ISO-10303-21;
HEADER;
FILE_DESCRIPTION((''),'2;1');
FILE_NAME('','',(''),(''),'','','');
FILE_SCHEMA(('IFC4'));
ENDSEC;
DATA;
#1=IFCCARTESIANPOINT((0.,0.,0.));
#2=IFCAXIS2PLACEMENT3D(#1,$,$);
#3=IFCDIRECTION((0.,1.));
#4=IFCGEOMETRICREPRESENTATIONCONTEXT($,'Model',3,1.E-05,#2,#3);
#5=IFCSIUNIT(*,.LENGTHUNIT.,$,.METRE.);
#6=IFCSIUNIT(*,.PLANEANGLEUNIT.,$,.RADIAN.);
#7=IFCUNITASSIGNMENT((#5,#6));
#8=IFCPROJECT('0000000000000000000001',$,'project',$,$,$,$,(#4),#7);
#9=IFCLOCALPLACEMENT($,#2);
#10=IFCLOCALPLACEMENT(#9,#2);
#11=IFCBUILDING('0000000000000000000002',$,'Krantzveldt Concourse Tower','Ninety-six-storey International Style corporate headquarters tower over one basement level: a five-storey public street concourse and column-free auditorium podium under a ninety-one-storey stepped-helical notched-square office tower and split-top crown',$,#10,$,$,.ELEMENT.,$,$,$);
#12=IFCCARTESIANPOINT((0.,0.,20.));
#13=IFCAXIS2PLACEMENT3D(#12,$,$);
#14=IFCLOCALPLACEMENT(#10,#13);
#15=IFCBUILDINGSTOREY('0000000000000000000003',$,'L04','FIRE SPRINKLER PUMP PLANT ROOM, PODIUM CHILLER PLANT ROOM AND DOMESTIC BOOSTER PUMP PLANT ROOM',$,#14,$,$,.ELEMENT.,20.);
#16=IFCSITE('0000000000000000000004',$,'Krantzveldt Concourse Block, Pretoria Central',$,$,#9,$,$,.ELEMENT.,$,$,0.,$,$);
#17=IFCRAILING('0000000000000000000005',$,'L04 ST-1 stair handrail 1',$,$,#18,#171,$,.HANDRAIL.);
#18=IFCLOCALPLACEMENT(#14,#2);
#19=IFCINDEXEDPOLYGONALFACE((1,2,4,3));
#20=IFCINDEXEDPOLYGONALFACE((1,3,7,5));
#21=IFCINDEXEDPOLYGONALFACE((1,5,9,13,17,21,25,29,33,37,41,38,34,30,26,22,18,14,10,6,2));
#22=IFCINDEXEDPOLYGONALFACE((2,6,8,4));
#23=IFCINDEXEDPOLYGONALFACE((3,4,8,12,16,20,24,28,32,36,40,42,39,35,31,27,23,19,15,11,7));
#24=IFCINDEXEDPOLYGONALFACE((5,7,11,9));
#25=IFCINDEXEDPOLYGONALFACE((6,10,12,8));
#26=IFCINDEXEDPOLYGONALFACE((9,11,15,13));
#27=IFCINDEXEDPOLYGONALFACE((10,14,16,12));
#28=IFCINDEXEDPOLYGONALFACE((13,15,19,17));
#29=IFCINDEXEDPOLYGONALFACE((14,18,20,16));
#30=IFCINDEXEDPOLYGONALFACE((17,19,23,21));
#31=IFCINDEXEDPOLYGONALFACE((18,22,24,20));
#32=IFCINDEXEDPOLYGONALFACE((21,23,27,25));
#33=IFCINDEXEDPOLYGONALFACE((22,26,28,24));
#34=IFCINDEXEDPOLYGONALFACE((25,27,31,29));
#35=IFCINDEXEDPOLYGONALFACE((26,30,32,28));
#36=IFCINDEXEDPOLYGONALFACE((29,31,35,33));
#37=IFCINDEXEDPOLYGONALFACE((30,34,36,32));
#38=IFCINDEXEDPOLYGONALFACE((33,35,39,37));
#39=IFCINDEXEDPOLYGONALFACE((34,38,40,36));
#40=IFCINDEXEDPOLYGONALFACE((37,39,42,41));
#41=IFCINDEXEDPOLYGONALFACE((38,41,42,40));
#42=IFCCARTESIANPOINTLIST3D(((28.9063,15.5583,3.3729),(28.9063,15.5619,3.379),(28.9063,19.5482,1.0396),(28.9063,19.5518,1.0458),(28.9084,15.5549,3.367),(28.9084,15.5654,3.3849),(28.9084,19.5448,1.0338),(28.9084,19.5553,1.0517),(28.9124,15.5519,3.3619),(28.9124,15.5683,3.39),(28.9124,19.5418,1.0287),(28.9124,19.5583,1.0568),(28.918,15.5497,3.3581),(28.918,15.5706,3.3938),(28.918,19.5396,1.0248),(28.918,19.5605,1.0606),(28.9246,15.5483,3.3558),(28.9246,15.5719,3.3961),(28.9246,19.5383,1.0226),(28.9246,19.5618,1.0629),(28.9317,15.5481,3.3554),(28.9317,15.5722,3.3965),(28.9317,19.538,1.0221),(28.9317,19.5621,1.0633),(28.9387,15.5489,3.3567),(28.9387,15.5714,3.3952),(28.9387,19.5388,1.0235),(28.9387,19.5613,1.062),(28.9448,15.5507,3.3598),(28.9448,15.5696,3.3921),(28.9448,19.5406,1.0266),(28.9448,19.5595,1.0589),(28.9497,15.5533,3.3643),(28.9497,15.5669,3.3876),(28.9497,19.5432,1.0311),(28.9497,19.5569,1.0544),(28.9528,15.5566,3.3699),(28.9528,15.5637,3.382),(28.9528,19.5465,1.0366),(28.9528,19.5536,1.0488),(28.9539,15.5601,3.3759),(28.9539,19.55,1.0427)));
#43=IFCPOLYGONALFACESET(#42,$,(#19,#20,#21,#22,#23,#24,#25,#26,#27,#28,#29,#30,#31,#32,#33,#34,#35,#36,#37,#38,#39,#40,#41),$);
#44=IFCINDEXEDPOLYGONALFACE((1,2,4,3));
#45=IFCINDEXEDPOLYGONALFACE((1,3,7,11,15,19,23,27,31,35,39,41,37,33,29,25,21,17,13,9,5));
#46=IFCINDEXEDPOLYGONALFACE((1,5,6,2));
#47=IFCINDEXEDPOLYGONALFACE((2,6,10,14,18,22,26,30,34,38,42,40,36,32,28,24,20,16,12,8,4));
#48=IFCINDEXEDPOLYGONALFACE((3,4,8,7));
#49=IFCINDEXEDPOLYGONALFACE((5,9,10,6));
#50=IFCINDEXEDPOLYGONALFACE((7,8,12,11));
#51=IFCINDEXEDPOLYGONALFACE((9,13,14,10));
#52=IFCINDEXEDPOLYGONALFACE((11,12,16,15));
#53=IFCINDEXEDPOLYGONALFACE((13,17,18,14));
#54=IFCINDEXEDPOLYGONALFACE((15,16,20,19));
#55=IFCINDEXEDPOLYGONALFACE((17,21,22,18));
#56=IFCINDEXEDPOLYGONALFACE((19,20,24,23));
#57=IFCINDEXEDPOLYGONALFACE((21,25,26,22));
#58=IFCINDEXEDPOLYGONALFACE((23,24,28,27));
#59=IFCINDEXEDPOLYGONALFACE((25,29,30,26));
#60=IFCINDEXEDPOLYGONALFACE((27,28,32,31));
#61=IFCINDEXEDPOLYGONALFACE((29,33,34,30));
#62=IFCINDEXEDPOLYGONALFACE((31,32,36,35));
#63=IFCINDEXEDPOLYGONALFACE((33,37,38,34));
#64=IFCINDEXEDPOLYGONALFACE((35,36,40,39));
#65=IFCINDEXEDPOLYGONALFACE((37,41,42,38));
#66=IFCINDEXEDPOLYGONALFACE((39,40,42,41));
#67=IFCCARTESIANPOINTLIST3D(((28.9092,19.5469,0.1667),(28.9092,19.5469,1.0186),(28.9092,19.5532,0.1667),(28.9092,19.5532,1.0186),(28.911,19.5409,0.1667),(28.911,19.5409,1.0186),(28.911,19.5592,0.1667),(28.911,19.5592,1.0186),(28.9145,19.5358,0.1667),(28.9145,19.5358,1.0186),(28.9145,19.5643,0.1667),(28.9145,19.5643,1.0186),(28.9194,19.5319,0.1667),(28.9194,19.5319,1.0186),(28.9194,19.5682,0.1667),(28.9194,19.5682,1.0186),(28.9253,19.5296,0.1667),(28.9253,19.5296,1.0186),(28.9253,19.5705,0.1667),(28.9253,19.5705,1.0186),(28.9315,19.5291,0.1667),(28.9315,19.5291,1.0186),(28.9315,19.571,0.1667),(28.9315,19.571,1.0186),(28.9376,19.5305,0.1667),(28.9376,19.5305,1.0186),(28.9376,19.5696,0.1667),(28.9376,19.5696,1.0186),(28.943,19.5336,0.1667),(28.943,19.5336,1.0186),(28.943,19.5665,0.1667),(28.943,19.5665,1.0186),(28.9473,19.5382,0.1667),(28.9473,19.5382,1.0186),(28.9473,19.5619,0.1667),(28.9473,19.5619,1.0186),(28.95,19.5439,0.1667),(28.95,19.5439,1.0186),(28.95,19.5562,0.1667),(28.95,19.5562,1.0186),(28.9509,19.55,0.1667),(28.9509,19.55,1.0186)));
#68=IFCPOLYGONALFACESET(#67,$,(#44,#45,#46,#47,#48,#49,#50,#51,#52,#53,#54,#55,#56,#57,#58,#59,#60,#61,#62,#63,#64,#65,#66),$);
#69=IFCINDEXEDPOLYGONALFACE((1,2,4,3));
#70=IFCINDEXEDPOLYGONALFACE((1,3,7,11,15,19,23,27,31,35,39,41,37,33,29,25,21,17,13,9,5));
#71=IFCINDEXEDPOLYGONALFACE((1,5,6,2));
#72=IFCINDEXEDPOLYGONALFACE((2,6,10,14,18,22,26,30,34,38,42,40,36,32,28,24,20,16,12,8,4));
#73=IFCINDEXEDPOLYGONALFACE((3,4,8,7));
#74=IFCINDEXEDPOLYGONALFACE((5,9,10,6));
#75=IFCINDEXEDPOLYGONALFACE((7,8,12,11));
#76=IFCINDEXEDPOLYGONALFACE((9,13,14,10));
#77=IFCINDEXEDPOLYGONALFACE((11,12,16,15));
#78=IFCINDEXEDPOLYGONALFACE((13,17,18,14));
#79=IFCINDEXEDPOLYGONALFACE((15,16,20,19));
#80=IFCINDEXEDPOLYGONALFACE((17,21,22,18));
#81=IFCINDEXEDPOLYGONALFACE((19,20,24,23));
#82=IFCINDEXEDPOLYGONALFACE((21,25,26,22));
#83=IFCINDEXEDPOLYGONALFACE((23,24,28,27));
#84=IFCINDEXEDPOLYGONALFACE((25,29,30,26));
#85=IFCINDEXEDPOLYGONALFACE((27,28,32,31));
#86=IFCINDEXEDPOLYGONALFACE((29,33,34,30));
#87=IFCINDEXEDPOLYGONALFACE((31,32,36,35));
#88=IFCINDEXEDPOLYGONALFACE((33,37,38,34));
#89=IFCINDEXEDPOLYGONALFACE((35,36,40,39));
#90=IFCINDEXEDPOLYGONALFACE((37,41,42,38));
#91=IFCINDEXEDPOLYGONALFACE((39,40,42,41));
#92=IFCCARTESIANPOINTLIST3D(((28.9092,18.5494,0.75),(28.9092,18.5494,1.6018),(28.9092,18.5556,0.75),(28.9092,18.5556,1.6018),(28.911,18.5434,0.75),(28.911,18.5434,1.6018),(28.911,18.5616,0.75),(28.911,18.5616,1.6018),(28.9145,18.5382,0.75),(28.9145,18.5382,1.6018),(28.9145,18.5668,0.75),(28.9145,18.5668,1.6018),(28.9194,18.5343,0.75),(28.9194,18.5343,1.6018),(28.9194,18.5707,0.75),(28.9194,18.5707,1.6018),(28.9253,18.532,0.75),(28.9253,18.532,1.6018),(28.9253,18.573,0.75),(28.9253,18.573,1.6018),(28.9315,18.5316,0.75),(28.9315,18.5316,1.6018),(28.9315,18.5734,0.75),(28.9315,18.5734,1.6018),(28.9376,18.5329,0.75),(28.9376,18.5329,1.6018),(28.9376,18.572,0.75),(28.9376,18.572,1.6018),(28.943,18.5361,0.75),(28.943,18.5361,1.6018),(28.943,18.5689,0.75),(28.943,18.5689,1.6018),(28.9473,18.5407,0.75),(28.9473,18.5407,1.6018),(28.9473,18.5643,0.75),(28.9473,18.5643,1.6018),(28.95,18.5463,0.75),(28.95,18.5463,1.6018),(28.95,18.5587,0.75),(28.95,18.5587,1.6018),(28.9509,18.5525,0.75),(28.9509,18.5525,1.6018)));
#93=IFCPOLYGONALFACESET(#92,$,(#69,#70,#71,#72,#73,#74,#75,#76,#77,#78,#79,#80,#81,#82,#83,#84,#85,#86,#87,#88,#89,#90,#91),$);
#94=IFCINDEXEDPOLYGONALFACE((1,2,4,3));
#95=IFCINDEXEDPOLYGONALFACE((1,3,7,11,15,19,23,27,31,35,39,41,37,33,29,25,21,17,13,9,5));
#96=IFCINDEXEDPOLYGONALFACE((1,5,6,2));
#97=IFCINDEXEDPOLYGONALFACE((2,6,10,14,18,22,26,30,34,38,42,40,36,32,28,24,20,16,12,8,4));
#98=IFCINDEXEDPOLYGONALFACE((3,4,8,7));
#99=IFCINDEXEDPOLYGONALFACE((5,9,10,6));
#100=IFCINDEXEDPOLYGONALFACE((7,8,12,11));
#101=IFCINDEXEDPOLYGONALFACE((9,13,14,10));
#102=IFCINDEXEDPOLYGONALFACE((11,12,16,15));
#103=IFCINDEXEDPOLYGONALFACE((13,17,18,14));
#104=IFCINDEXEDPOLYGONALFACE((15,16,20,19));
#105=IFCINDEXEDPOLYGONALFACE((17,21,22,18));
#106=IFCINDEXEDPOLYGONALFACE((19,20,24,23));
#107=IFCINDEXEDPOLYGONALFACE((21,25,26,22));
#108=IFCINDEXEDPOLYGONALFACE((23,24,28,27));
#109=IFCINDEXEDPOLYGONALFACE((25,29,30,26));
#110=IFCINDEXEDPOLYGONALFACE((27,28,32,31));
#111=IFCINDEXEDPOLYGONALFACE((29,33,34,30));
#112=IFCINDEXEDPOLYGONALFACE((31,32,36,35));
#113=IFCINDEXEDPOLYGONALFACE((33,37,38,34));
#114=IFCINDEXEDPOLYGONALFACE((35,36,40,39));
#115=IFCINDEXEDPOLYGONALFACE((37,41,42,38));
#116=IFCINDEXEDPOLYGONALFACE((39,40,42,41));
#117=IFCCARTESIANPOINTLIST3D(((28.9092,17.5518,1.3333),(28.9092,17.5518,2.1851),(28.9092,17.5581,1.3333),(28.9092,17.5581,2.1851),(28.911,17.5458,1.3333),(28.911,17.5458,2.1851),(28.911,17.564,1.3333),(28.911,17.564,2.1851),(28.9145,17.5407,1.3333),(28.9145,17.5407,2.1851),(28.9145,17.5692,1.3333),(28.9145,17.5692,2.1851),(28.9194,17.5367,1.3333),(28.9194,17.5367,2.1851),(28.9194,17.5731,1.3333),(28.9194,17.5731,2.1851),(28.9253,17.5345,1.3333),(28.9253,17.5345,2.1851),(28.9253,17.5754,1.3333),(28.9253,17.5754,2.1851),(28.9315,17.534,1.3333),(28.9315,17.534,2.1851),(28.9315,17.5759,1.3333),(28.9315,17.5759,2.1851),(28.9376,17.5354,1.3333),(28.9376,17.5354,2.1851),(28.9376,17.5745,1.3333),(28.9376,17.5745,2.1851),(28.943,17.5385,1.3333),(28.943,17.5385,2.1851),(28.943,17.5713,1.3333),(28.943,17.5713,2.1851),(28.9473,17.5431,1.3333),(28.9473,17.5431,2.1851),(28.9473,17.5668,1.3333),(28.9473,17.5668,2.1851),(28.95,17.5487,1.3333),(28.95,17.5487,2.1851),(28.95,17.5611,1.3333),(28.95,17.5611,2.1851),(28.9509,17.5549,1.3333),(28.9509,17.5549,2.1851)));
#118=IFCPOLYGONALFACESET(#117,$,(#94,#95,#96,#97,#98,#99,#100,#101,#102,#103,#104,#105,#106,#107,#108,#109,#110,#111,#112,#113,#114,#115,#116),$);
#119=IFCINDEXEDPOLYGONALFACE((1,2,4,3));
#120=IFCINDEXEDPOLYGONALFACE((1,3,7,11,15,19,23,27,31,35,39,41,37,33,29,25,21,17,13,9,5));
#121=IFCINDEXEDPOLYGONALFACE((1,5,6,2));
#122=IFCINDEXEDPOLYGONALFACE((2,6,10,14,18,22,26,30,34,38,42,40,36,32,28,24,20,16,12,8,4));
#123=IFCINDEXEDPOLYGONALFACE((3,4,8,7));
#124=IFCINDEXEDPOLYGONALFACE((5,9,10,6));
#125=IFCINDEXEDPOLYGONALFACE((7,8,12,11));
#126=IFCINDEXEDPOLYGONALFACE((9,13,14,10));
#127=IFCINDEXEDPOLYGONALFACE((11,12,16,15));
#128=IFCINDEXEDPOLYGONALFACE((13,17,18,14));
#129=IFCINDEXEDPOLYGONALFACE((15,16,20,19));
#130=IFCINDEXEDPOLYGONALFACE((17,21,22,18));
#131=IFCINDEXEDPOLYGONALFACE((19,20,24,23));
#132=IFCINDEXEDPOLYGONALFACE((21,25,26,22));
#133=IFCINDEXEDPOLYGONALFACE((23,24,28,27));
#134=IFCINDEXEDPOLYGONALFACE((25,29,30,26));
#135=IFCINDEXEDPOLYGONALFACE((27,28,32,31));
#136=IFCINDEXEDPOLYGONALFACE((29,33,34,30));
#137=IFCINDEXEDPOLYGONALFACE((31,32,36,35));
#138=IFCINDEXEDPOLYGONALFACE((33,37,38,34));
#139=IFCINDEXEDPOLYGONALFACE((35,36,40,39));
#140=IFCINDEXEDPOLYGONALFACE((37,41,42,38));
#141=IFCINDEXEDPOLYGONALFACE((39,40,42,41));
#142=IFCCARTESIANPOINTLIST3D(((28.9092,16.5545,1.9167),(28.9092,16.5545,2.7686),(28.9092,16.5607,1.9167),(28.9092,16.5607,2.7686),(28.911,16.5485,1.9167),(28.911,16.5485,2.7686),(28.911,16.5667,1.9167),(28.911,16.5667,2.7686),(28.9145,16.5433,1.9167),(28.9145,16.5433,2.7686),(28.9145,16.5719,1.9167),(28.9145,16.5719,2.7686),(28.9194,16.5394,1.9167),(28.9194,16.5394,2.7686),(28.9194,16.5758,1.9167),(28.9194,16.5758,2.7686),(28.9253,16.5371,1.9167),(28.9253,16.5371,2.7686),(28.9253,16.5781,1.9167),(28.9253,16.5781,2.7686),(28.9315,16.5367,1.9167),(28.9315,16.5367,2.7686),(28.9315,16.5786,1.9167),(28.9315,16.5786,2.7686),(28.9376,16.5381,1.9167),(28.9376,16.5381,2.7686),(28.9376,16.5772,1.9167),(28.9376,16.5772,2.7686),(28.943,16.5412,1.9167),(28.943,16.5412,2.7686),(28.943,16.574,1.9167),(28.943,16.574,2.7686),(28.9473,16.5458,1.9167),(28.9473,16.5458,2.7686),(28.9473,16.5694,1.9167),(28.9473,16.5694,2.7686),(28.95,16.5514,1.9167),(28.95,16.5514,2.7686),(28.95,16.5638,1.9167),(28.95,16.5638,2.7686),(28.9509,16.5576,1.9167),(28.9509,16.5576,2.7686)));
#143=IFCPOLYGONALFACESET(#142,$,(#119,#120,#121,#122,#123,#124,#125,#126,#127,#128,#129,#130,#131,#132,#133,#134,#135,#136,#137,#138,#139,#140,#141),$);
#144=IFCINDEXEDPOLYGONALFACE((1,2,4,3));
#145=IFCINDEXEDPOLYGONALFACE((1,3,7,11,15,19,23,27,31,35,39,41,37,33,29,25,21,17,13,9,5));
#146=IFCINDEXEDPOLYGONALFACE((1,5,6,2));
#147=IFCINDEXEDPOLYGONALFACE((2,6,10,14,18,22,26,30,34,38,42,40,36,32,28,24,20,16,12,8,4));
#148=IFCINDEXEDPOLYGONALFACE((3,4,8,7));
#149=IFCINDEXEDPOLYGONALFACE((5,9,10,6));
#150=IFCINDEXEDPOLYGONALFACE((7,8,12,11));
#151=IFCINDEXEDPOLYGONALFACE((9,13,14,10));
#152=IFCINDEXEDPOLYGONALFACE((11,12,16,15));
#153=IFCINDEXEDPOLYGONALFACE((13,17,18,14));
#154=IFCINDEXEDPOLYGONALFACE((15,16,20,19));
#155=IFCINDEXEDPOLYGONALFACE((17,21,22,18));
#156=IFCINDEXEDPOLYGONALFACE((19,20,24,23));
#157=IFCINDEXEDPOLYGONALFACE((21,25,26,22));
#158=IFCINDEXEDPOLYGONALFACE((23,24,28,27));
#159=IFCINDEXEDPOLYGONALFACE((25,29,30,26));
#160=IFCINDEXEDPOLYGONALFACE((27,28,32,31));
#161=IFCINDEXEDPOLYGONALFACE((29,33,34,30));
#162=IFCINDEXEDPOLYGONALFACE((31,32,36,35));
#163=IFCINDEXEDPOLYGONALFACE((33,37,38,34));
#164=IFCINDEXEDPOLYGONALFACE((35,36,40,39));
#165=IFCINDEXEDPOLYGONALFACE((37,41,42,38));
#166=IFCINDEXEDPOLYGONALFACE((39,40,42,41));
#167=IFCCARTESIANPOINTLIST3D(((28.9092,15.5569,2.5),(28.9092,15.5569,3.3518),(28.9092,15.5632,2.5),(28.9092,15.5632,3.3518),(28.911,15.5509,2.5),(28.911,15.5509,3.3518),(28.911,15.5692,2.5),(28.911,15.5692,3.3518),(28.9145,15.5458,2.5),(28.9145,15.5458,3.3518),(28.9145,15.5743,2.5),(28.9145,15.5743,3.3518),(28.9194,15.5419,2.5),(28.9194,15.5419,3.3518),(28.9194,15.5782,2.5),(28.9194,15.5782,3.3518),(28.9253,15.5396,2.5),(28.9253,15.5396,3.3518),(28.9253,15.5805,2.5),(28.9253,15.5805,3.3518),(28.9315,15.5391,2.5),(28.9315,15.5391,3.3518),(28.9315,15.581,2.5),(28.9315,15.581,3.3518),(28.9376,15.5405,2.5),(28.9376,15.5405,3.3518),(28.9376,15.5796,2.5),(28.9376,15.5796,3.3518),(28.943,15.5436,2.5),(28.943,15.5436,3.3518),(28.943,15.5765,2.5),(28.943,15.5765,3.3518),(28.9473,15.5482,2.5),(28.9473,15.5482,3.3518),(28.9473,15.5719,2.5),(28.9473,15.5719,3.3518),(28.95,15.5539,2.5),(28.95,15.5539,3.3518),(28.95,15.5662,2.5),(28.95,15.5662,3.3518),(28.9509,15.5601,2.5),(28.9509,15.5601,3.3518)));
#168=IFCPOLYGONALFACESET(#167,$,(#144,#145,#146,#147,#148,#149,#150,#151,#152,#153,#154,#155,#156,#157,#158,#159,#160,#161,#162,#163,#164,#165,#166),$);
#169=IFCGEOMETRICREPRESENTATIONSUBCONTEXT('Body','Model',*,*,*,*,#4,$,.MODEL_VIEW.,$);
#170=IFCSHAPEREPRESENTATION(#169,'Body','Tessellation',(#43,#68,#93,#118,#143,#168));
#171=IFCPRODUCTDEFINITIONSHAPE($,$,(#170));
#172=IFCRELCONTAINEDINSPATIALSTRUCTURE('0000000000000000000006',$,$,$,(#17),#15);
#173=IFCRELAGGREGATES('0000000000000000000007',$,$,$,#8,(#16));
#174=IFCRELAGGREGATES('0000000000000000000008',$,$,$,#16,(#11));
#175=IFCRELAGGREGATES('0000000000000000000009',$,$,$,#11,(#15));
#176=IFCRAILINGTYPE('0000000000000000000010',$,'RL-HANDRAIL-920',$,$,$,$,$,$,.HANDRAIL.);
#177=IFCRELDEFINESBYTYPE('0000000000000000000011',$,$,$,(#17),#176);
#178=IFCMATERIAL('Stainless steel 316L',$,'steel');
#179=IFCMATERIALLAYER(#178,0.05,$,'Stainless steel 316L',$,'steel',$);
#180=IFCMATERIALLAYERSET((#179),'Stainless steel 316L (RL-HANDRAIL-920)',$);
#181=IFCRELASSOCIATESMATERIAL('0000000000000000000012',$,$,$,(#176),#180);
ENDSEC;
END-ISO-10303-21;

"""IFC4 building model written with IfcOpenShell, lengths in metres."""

from ifc_helpers import new_model, si_unit, direction, frame, origin, origin_2d, place, context, subcontext, project, spatial, circle, extrude, material, layer, layer_set, type_object, element, save


model = new_model("IFC4")

# Units and contexts
model_context = context("Model", 3, precision=1e-05, world=origin(), true_north=direction((0.0, 1.0)))
body_context = subcontext(model_context, "Body", "Model", "MODEL_VIEW")
ifc_project = project(units=[si_unit("LENGTHUNIT", "METRE"), si_unit("PLANEANGLEUNIT", "RADIAN")], contexts=[model_context])

# Site, building, storey
site_placement = place(None, origin())
site = spatial("IfcSite", under=ifc_project, at=site_placement, Name="Krantzveldt Concourse Block, Pretoria Central", CompositionType="ELEMENT", RefElevation=0.0)
building_placement = place(site_placement, origin())
building = spatial("IfcBuilding", under=site, at=building_placement, Name="Krantzveldt Concourse Tower", Description="Ninety-six-storey International Style corporate headquarters tower over one basement level: a five-storey public street concourse and column-free auditorium podium under a ninety-one-storey stepped-helical notched-square office tower and split-top crown", CompositionType="ELEMENT")
storey_placement = place(building_placement, frame((0.0, 0.0, 20.0)))
storey = spatial("IfcBuildingStorey", under=building, at=storey_placement, Name="L04", Description="FIRE SPRINKLER PUMP PLANT ROOM, PODIUM CHILLER PLANT ROOM AND DOMESTIC BOOSTER PUMP PLANT ROOM", CompositionType="ELEMENT", Elevation=20.0)

# Shared definitions
ifc_material_1 = material(Name="Stainless steel 316L", Category="steel")

# Railing
ifc_layer_1 = layer(ifc_material_1, 0.05, Name="Stainless steel 316L", Category="steel")
ifc_layer_set_1 = layer_set([ifc_layer_1], Name="Stainless steel 316L (RL-HANDRAIL-920)")
railing_type_1 = type_object("IfcRailingType", Name="RL-HANDRAIL-920", PredefinedType="HANDRAIL", material=ifc_layer_set_1)
railing_1_placement = place(storey_placement, frame((28.9299, 19.55, 0.1667)))
element("IfcRailing", 1, at=railing_1_placement, inside=storey, type_object=railing_type_1, Name="L04 ST-1 stair handrail 1", PredefinedType="HANDRAIL", context=body_context, shape_type="SweptSolid", body=[
    extrude(circle(Radius=0.0239, at=origin_2d()), frame((0.0, 0.0, 0.876), z_axis=(0.0, -0.863236, 0.5048), x_axis=(1.0, 0.0, 0.0)), (0.0, 0.0, 1.0), 4.6221),
    extrude(circle(Radius=0.021, at=origin_2d()), origin(), (0.0, 0.0, 1.0), 0.8518),
    extrude(circle(Radius=0.021, at=origin_2d()), frame((0.0, -0.9976, 0.5833)), (0.0, 0.0, 1.0), 0.8518),
    extrude(circle(Radius=0.021, at=origin_2d()), frame((0.0, -1.9951, 1.1665)), (0.0, 0.0, 1.0), 0.8518),
    extrude(circle(Radius=0.021, at=origin_2d()), frame((0.0, -2.9924, 1.75)), (0.0, 0.0, 1.0), 0.8518),
    extrude(circle(Radius=0.021, at=origin_2d()), frame((0.0, -3.99, 2.3333)), (0.0, 0.0, 1.0), 0.8518),
])

save(model, "model.ifc")
